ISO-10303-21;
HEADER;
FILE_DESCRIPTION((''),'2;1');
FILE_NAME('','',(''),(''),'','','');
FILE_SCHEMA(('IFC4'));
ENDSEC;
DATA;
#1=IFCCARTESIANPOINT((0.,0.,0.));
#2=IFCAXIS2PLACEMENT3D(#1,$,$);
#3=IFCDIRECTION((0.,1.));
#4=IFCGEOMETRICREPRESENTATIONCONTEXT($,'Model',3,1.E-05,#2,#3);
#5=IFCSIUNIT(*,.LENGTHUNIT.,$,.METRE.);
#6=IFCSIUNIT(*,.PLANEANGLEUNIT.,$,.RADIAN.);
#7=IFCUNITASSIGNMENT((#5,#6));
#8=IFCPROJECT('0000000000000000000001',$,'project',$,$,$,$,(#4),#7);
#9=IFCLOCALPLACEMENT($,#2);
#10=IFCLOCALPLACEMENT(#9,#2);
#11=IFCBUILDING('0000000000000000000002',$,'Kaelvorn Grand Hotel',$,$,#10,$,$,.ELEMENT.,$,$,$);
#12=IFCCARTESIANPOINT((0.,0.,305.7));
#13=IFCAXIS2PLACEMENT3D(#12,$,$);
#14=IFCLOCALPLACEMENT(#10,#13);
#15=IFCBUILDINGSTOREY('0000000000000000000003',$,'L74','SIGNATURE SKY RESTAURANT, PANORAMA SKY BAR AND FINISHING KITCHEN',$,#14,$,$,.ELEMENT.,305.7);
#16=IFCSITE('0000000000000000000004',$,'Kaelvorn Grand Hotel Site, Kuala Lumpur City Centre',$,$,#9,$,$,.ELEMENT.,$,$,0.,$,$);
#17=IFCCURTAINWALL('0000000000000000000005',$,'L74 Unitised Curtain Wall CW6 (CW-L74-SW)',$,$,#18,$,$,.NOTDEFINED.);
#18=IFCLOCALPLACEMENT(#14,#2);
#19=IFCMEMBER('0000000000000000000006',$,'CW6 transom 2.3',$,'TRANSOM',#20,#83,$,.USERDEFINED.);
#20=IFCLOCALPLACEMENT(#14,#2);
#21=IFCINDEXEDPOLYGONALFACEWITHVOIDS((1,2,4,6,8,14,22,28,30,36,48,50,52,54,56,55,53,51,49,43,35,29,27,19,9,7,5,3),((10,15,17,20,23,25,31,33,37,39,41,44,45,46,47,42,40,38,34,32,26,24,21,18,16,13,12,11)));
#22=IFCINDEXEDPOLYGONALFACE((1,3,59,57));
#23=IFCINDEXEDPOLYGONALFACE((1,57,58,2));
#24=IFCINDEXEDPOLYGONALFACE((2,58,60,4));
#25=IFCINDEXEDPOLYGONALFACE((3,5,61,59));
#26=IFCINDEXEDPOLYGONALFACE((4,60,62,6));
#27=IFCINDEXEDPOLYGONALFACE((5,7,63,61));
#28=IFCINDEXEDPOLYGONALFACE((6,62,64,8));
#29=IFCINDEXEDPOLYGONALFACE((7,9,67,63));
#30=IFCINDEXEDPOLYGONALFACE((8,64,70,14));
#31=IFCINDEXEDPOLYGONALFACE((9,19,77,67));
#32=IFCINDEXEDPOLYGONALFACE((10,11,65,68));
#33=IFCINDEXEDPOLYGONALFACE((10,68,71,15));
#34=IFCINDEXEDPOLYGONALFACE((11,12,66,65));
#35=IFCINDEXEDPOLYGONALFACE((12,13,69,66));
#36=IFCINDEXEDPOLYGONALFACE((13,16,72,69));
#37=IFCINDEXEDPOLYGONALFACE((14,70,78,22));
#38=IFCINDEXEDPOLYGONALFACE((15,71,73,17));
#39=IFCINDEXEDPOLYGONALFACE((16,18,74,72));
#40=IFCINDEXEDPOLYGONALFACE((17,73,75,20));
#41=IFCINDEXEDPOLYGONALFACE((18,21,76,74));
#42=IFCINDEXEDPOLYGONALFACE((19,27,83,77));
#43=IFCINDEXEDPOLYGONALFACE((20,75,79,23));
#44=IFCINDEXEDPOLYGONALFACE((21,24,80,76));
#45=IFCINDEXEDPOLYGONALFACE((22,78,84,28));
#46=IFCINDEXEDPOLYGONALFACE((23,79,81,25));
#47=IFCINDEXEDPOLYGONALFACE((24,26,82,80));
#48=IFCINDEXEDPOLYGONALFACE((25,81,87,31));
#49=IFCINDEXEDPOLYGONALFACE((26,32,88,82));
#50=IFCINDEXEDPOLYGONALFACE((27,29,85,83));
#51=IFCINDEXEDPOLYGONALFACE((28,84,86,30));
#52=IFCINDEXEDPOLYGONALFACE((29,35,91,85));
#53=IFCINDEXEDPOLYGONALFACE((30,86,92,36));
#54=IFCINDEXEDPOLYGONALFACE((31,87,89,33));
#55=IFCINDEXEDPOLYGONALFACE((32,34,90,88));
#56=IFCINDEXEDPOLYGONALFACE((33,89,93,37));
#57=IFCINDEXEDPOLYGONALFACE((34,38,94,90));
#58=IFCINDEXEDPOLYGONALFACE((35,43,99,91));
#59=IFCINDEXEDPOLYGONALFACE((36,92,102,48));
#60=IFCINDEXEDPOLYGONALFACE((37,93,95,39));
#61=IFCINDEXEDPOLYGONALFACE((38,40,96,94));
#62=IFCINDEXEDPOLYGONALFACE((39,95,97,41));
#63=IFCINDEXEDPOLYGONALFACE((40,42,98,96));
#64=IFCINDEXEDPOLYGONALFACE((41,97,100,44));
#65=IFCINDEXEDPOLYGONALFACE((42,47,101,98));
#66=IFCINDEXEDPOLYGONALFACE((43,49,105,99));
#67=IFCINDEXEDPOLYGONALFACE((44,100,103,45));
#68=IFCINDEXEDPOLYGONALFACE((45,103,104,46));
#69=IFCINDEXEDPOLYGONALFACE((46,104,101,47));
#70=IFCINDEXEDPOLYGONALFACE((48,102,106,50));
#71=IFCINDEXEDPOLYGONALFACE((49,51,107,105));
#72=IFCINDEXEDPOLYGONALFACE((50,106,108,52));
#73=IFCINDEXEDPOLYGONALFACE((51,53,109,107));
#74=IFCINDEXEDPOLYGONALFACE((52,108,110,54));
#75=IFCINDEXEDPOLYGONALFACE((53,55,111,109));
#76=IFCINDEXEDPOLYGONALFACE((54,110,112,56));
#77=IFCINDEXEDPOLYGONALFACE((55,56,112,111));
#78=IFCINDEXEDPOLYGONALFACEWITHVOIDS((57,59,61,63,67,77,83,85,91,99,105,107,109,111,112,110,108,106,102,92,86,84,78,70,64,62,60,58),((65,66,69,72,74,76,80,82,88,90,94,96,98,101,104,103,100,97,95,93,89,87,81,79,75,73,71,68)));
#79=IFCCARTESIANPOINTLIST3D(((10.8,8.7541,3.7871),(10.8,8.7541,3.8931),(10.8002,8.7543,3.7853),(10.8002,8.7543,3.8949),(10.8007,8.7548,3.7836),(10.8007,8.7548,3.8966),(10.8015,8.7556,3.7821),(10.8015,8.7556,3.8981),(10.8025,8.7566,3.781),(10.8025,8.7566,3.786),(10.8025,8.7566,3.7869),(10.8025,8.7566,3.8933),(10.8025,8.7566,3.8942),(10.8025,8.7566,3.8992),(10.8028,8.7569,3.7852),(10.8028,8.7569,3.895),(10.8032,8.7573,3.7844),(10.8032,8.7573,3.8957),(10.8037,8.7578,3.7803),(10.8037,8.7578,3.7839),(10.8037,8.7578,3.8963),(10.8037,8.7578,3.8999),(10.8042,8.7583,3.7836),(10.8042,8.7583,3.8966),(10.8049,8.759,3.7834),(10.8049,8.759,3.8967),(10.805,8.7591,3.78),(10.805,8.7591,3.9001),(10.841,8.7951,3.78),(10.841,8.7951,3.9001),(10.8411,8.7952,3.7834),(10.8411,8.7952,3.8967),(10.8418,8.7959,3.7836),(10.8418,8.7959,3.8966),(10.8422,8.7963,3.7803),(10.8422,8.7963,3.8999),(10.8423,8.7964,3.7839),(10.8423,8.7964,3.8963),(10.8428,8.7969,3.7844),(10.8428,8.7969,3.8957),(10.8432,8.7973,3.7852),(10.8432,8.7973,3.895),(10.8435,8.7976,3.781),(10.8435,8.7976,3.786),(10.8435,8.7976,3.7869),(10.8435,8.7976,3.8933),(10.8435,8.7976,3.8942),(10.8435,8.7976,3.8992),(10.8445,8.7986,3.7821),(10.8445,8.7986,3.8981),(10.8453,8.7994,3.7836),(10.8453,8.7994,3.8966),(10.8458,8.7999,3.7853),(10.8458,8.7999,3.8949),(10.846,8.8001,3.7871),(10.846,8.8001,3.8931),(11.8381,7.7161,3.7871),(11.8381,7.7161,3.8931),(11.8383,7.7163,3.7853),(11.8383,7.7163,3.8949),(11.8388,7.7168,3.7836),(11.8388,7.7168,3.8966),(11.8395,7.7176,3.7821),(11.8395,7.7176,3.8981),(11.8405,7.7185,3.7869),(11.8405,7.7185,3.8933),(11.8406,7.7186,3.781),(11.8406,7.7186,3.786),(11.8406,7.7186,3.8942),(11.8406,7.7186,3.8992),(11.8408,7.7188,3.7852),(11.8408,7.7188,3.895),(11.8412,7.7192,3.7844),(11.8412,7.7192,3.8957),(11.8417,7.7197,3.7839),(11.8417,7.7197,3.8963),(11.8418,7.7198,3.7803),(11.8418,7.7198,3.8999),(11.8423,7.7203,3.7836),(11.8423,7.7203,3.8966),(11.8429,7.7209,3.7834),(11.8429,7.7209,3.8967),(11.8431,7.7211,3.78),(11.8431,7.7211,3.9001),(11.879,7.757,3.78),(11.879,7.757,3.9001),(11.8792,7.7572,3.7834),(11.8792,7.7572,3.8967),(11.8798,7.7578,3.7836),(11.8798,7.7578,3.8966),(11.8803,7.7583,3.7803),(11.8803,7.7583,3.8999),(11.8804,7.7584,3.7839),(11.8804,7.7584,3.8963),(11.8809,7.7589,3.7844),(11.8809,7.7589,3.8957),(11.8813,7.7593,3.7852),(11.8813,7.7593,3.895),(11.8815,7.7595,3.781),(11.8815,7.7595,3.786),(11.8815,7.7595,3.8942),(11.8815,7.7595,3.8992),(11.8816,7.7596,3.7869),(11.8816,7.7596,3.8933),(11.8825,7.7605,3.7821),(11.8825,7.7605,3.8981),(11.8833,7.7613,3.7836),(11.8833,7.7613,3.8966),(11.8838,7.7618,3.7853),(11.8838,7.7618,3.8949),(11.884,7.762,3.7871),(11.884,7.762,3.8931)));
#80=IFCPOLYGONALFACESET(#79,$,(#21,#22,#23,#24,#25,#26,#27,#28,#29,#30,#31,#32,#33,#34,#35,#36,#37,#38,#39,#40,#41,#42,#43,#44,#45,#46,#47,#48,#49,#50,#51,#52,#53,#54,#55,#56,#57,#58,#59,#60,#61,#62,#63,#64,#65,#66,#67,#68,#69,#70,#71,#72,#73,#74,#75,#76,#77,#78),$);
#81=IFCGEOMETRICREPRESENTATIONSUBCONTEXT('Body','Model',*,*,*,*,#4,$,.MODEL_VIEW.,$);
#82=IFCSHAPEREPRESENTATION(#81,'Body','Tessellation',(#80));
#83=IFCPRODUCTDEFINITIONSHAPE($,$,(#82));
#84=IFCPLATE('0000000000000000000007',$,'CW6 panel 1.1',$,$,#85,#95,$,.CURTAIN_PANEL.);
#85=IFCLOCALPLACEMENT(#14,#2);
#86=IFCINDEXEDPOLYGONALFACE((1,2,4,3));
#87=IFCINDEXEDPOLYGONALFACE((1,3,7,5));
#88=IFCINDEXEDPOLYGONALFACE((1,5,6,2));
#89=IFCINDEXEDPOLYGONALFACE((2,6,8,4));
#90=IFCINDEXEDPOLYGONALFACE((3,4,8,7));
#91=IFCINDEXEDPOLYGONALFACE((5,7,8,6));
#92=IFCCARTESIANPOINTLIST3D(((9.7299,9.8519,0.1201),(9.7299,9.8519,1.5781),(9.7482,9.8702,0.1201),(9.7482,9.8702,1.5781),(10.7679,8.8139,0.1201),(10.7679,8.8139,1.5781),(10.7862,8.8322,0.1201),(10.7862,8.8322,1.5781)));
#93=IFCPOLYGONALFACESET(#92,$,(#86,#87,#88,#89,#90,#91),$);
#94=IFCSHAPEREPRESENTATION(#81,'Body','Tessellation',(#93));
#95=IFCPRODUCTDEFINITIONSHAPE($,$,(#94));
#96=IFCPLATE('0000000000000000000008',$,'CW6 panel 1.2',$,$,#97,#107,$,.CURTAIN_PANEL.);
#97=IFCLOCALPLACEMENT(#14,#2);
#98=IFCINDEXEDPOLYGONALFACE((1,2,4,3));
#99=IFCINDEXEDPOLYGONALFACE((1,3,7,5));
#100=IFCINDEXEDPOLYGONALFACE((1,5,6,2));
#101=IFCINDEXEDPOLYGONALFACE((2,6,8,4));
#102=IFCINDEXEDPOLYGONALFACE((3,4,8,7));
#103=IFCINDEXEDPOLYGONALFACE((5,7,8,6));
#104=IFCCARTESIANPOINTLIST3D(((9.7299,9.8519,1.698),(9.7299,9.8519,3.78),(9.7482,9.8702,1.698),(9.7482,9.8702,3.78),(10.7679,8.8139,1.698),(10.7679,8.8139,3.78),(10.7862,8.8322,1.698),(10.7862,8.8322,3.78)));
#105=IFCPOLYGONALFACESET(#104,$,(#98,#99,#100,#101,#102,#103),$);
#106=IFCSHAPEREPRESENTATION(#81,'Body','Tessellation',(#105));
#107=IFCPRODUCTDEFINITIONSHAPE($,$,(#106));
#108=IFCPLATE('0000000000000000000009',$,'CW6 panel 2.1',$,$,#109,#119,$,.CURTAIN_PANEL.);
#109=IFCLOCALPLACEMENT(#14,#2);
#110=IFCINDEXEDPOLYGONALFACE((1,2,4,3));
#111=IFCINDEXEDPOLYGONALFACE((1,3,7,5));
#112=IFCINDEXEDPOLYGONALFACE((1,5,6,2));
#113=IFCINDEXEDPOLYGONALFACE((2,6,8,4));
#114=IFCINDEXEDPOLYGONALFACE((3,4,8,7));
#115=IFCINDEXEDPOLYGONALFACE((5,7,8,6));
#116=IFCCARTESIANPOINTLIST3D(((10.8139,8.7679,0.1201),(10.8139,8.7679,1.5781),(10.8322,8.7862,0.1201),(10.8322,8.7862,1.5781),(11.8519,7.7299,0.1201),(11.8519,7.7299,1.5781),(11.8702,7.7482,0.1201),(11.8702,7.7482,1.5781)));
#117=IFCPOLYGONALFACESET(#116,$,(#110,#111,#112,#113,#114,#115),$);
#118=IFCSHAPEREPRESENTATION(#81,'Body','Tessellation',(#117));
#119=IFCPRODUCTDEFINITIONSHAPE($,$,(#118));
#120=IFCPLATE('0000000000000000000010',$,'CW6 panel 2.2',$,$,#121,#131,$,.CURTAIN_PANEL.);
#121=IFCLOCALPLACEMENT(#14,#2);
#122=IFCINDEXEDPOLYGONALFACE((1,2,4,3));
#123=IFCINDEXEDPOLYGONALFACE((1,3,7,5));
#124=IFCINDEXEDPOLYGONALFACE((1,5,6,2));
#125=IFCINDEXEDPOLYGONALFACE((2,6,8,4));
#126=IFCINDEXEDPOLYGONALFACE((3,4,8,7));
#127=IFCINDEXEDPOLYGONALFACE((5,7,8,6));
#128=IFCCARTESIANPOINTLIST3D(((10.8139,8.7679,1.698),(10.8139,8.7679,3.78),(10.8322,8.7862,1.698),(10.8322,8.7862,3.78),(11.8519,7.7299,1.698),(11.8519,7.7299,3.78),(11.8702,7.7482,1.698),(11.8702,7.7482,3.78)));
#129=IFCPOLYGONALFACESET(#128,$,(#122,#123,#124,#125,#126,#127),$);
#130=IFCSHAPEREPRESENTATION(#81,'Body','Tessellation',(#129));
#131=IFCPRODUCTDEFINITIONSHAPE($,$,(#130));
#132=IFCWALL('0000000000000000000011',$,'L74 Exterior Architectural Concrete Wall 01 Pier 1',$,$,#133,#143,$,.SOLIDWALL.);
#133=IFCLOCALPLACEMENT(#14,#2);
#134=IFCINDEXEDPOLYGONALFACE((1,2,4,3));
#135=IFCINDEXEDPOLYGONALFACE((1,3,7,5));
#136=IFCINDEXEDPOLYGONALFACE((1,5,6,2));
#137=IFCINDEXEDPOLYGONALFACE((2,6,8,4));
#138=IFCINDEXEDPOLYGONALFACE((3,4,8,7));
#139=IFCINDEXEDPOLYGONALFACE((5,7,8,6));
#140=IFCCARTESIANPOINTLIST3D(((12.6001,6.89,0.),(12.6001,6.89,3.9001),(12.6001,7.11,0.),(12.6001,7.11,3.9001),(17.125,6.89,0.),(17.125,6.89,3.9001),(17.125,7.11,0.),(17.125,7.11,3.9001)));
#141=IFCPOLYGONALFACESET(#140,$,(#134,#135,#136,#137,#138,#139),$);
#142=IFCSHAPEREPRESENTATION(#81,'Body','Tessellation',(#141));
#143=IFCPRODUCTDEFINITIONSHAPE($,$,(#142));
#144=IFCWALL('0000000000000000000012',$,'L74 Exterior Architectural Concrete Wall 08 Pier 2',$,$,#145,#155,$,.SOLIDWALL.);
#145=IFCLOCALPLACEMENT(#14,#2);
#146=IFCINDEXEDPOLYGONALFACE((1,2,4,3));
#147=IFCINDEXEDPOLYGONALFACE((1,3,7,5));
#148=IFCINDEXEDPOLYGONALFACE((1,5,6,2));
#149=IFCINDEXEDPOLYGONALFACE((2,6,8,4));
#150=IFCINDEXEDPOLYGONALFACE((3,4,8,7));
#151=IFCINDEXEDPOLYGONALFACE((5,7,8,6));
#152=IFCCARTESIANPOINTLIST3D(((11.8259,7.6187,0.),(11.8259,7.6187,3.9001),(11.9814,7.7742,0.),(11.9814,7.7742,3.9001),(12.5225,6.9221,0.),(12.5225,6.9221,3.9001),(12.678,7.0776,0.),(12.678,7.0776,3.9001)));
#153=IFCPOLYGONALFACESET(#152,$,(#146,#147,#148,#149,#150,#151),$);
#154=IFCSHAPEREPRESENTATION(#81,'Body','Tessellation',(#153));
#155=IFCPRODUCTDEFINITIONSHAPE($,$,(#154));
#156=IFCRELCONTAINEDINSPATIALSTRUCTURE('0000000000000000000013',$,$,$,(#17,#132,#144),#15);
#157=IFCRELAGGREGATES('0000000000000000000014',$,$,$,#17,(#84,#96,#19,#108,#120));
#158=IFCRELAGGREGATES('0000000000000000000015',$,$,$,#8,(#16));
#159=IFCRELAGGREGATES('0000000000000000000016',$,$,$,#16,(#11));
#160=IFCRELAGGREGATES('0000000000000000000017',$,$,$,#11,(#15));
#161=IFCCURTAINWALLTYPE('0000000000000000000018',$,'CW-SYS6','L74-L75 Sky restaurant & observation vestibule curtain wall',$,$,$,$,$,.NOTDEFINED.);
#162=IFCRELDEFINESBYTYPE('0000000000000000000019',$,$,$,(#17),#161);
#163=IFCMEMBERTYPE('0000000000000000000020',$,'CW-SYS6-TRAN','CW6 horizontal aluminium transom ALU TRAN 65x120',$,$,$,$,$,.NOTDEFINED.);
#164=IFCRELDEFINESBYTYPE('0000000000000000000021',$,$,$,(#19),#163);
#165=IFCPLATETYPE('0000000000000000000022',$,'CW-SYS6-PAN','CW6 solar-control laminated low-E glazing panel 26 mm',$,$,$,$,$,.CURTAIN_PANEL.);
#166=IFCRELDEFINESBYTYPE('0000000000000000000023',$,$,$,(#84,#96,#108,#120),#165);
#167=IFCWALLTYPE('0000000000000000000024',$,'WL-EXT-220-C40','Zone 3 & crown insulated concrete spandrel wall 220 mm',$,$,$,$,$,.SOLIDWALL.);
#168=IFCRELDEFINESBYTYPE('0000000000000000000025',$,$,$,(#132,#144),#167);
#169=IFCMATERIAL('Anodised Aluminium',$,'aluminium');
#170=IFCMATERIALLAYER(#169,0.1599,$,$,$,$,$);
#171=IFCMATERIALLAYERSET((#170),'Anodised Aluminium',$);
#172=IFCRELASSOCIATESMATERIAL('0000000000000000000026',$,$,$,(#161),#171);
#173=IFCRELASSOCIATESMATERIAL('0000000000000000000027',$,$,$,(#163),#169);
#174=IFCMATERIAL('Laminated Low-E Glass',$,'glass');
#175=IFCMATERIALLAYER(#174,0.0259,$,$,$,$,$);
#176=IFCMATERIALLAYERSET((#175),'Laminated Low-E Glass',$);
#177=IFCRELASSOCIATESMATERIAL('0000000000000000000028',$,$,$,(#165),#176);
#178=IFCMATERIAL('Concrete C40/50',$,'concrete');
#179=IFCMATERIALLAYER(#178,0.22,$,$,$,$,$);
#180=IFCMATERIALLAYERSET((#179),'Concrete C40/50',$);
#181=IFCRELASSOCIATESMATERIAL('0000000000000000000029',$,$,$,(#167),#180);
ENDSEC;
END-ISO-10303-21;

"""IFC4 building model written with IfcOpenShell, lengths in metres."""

from ifc_helpers import new_model, si_unit, direction, frame, frame_2d, origin, origin_2d, place, context, subcontext, project, spatial, rectangle, hollow_rectangle, extrude, material, layer, layer_set, material_profile, profile_set, type_object, element, aggregate, save


model = new_model("IFC4")

# Units and contexts
model_context = context("Model", 3, precision=1e-05, world=origin(), true_north=direction((0.0, 1.0)))
body_context = subcontext(model_context, "Body", "Model", "MODEL_VIEW")
ifc_project = project(units=[si_unit("LENGTHUNIT", "METRE"), si_unit("PLANEANGLEUNIT", "RADIAN")], contexts=[model_context])

# Site, building, storey
site_placement = place(None, origin())
site = spatial("IfcSite", under=ifc_project, at=site_placement, Name="Kaelvorn Grand Hotel Site, Kuala Lumpur City Centre", CompositionType="ELEMENT", RefElevation=0.0)
building_placement = place(site_placement, origin())
building = spatial("IfcBuilding", under=site, at=building_placement, Name="Kaelvorn Grand Hotel", CompositionType="ELEMENT")
storey_placement = place(building_placement, frame((0.0, 0.0, 305.7)))
storey = spatial("IfcBuildingStorey", under=building, at=storey_placement, Name="L74", Description="SIGNATURE SKY RESTAURANT, PANORAMA SKY BAR AND FINISHING KITCHEN", CompositionType="ELEMENT", Elevation=305.7)

# Shared definitions
ifc_material_1 = material(Name="Anodised Aluminium", Category="aluminium")
ifc_layer_1 = layer(ifc_material_1, 0.1599)
ifc_layer_set_1 = layer_set([ifc_layer_1], Name="Anodised Aluminium")
curtain_wall_type = type_object("IfcCurtainWallType", Name="CW-SYS6", Description="L74-L75 Sky restaurant & observation vestibule curtain wall", PredefinedType="NOTDEFINED", material=ifc_layer_set_1)

# Curtain wall
curtain_wall_1_placement = place(storey_placement, origin())
curtain_wall_1 = element("IfcCurtainWall", 1, at=curtain_wall_1_placement, inside=storey, type_object=curtain_wall_type, Name="L74 Unitised Curtain Wall CW6 (CW-L74-SW)", PredefinedType="NOTDEFINED")

# Member
ifc_material_profile_1 = material_profile(ifc_material_1, hollow_rectangle(XDim=0.0649, YDim=0.1201, WallThickness=0.0034, InnerFilletRadius=0.0034, OuterFilletRadius=0.0071, at=origin_2d()), Name="ALU TRAN 65x120")
ifc_profile_set_1 = profile_set([ifc_material_profile_1], Name="Anodised Aluminium")
member_type_1 = type_object("IfcMemberType", Name="CW-SYS6-TRAN", Description="CW6 horizontal aluminium transom ALU TRAN 65x120", PredefinedType="NOTDEFINED", material=ifc_profile_set_1)
member_1_placement = place(storey_placement, frame((10.823, 8.7771, 3.8401), z_axis=(0.707107, -0.707107, 0.0), x_axis=(0.707107, 0.707107, 0.0)))
member_1 = element("IfcMember", 2, at=member_1_placement, type_object=member_type_1, Name="CW6 transom 2.3", ObjectType="TRANSOM", PredefinedType="USERDEFINED", context=body_context, shape_type="SweptSolid", body=[
    extrude(hollow_rectangle(XDim=0.0649, YDim=0.1201, WallThickness=0.0034, InnerFilletRadius=0.0034, OuterFilletRadius=0.0071, at=origin_2d()), origin(), (0.0, 0.0, 1.0), 1.468),
])

# Plates
ifc_material_2 = material(Name="Laminated Low-E Glass", Category="glass")
ifc_layer_2 = layer(ifc_material_2, 0.0259)
ifc_layer_set_2 = layer_set([ifc_layer_2], Name="Laminated Low-E Glass")
plate_type = type_object("IfcPlateType", Name="CW-SYS6-PAN", Description="CW6 solar-control laminated low-E glazing panel 26 mm", PredefinedType="CURTAIN_PANEL", material=ifc_layer_set_2)
plate_1_placement = place(storey_placement, frame((10.2581, 9.342, 0.1201), z_axis=(0.0, 0.0, 1.0), x_axis=(0.707107, -0.707107, 0.0)))
plate_1 = element("IfcPlate", 3, at=plate_1_placement, type_object=plate_type, Name="CW6 panel 1.1", PredefinedType="CURTAIN_PANEL", context=body_context, shape_type="SweptSolid", body=[
    extrude(rectangle(XDim=1.468, YDim=0.0259, at=origin_2d()), origin(), (0.0, 0.0, 1.0), 1.458),
])
plate_2_placement = place(storey_placement, frame((10.2581, 9.342, 1.698), z_axis=(0.0, 0.0, 1.0), x_axis=(0.707107, -0.707107, 0.0)))
plate_2 = element("IfcPlate", 4, at=plate_2_placement, type_object=plate_type, Name="CW6 panel 1.2", PredefinedType="CURTAIN_PANEL", context=body_context, shape_type="SweptSolid", body=[
    extrude(rectangle(XDim=1.468, YDim=0.0259, at=origin_2d()), origin(), (0.0, 0.0, 1.0), 2.082),
])
plate_3_placement = place(storey_placement, frame((11.342, 8.2581, 0.1201), z_axis=(0.0, 0.0, 1.0), x_axis=(0.707107, -0.707107, 0.0)))
plate_3 = element("IfcPlate", 5, at=plate_3_placement, type_object=plate_type, Name="CW6 panel 2.1", PredefinedType="CURTAIN_PANEL", context=body_context, shape_type="SweptSolid", body=[
    extrude(rectangle(XDim=1.468, YDim=0.0259, at=origin_2d()), origin(), (0.0, 0.0, 1.0), 1.458),
])
plate_4_placement = place(storey_placement, frame((11.342, 8.2581, 1.698), z_axis=(0.0, 0.0, 1.0), x_axis=(0.707107, -0.707107, 0.0)))
plate_4 = element("IfcPlate", 6, at=plate_4_placement, type_object=plate_type, Name="CW6 panel 2.2", PredefinedType="CURTAIN_PANEL", context=body_context, shape_type="SweptSolid", body=[
    extrude(rectangle(XDim=1.468, YDim=0.0259, at=origin_2d()), origin(), (0.0, 0.0, 1.0), 2.082),
])
aggregate(curtain_wall_1, [plate_1, plate_2, member_1, plate_3, plate_4])

# Walls
ifc_material_3 = material(Name="Concrete C40/50", Category="concrete")
ifc_layer_3 = layer(ifc_material_3, 0.22)
ifc_layer_set_3 = layer_set([ifc_layer_3], Name="Concrete C40/50")
wall_type = type_object("IfcWallType", Name="WL-EXT-220-C40", Description="Zone 3 & crown insulated concrete spandrel wall 220 mm", PredefinedType="SOLIDWALL", material=ifc_layer_set_3)
wall_1_placement = place(storey_placement, frame((12.6001, 7.0, 0.0), z_axis=(0.0, 0.0, 1.0), x_axis=(1.0, 0.0, 0.0)))
element("IfcWall", 7, at=wall_1_placement, inside=storey, type_object=wall_type, Name="L74 Exterior Architectural Concrete Wall 01 Pier 1", PredefinedType="SOLIDWALL", context=body_context, shape_type="SweptSolid", body=[
    extrude(rectangle(XDim=4.5249, YDim=0.22, at=frame_2d((2.2625, 0.0))), origin(), (0.0, 0.0, 1.0), 3.9001),
])
wall_2_placement = place(storey_placement, frame((11.9036, 7.6965, 0.0), z_axis=(0.0, 0.0, 1.0), x_axis=(0.707107, -0.707107, 0.0)))
element("IfcWall", 8, at=wall_2_placement, inside=storey, type_object=wall_type, Name="L74 Exterior Architectural Concrete Wall 08 Pier 2", PredefinedType="SOLIDWALL", context=body_context, shape_type="SweptSolid", body=[
    extrude(rectangle(XDim=0.9851, YDim=0.22, at=frame_2d((0.4927, 0.0))), origin(), (0.0, 0.0, 1.0), 3.9001),
])

save(model, "model.ifc")
